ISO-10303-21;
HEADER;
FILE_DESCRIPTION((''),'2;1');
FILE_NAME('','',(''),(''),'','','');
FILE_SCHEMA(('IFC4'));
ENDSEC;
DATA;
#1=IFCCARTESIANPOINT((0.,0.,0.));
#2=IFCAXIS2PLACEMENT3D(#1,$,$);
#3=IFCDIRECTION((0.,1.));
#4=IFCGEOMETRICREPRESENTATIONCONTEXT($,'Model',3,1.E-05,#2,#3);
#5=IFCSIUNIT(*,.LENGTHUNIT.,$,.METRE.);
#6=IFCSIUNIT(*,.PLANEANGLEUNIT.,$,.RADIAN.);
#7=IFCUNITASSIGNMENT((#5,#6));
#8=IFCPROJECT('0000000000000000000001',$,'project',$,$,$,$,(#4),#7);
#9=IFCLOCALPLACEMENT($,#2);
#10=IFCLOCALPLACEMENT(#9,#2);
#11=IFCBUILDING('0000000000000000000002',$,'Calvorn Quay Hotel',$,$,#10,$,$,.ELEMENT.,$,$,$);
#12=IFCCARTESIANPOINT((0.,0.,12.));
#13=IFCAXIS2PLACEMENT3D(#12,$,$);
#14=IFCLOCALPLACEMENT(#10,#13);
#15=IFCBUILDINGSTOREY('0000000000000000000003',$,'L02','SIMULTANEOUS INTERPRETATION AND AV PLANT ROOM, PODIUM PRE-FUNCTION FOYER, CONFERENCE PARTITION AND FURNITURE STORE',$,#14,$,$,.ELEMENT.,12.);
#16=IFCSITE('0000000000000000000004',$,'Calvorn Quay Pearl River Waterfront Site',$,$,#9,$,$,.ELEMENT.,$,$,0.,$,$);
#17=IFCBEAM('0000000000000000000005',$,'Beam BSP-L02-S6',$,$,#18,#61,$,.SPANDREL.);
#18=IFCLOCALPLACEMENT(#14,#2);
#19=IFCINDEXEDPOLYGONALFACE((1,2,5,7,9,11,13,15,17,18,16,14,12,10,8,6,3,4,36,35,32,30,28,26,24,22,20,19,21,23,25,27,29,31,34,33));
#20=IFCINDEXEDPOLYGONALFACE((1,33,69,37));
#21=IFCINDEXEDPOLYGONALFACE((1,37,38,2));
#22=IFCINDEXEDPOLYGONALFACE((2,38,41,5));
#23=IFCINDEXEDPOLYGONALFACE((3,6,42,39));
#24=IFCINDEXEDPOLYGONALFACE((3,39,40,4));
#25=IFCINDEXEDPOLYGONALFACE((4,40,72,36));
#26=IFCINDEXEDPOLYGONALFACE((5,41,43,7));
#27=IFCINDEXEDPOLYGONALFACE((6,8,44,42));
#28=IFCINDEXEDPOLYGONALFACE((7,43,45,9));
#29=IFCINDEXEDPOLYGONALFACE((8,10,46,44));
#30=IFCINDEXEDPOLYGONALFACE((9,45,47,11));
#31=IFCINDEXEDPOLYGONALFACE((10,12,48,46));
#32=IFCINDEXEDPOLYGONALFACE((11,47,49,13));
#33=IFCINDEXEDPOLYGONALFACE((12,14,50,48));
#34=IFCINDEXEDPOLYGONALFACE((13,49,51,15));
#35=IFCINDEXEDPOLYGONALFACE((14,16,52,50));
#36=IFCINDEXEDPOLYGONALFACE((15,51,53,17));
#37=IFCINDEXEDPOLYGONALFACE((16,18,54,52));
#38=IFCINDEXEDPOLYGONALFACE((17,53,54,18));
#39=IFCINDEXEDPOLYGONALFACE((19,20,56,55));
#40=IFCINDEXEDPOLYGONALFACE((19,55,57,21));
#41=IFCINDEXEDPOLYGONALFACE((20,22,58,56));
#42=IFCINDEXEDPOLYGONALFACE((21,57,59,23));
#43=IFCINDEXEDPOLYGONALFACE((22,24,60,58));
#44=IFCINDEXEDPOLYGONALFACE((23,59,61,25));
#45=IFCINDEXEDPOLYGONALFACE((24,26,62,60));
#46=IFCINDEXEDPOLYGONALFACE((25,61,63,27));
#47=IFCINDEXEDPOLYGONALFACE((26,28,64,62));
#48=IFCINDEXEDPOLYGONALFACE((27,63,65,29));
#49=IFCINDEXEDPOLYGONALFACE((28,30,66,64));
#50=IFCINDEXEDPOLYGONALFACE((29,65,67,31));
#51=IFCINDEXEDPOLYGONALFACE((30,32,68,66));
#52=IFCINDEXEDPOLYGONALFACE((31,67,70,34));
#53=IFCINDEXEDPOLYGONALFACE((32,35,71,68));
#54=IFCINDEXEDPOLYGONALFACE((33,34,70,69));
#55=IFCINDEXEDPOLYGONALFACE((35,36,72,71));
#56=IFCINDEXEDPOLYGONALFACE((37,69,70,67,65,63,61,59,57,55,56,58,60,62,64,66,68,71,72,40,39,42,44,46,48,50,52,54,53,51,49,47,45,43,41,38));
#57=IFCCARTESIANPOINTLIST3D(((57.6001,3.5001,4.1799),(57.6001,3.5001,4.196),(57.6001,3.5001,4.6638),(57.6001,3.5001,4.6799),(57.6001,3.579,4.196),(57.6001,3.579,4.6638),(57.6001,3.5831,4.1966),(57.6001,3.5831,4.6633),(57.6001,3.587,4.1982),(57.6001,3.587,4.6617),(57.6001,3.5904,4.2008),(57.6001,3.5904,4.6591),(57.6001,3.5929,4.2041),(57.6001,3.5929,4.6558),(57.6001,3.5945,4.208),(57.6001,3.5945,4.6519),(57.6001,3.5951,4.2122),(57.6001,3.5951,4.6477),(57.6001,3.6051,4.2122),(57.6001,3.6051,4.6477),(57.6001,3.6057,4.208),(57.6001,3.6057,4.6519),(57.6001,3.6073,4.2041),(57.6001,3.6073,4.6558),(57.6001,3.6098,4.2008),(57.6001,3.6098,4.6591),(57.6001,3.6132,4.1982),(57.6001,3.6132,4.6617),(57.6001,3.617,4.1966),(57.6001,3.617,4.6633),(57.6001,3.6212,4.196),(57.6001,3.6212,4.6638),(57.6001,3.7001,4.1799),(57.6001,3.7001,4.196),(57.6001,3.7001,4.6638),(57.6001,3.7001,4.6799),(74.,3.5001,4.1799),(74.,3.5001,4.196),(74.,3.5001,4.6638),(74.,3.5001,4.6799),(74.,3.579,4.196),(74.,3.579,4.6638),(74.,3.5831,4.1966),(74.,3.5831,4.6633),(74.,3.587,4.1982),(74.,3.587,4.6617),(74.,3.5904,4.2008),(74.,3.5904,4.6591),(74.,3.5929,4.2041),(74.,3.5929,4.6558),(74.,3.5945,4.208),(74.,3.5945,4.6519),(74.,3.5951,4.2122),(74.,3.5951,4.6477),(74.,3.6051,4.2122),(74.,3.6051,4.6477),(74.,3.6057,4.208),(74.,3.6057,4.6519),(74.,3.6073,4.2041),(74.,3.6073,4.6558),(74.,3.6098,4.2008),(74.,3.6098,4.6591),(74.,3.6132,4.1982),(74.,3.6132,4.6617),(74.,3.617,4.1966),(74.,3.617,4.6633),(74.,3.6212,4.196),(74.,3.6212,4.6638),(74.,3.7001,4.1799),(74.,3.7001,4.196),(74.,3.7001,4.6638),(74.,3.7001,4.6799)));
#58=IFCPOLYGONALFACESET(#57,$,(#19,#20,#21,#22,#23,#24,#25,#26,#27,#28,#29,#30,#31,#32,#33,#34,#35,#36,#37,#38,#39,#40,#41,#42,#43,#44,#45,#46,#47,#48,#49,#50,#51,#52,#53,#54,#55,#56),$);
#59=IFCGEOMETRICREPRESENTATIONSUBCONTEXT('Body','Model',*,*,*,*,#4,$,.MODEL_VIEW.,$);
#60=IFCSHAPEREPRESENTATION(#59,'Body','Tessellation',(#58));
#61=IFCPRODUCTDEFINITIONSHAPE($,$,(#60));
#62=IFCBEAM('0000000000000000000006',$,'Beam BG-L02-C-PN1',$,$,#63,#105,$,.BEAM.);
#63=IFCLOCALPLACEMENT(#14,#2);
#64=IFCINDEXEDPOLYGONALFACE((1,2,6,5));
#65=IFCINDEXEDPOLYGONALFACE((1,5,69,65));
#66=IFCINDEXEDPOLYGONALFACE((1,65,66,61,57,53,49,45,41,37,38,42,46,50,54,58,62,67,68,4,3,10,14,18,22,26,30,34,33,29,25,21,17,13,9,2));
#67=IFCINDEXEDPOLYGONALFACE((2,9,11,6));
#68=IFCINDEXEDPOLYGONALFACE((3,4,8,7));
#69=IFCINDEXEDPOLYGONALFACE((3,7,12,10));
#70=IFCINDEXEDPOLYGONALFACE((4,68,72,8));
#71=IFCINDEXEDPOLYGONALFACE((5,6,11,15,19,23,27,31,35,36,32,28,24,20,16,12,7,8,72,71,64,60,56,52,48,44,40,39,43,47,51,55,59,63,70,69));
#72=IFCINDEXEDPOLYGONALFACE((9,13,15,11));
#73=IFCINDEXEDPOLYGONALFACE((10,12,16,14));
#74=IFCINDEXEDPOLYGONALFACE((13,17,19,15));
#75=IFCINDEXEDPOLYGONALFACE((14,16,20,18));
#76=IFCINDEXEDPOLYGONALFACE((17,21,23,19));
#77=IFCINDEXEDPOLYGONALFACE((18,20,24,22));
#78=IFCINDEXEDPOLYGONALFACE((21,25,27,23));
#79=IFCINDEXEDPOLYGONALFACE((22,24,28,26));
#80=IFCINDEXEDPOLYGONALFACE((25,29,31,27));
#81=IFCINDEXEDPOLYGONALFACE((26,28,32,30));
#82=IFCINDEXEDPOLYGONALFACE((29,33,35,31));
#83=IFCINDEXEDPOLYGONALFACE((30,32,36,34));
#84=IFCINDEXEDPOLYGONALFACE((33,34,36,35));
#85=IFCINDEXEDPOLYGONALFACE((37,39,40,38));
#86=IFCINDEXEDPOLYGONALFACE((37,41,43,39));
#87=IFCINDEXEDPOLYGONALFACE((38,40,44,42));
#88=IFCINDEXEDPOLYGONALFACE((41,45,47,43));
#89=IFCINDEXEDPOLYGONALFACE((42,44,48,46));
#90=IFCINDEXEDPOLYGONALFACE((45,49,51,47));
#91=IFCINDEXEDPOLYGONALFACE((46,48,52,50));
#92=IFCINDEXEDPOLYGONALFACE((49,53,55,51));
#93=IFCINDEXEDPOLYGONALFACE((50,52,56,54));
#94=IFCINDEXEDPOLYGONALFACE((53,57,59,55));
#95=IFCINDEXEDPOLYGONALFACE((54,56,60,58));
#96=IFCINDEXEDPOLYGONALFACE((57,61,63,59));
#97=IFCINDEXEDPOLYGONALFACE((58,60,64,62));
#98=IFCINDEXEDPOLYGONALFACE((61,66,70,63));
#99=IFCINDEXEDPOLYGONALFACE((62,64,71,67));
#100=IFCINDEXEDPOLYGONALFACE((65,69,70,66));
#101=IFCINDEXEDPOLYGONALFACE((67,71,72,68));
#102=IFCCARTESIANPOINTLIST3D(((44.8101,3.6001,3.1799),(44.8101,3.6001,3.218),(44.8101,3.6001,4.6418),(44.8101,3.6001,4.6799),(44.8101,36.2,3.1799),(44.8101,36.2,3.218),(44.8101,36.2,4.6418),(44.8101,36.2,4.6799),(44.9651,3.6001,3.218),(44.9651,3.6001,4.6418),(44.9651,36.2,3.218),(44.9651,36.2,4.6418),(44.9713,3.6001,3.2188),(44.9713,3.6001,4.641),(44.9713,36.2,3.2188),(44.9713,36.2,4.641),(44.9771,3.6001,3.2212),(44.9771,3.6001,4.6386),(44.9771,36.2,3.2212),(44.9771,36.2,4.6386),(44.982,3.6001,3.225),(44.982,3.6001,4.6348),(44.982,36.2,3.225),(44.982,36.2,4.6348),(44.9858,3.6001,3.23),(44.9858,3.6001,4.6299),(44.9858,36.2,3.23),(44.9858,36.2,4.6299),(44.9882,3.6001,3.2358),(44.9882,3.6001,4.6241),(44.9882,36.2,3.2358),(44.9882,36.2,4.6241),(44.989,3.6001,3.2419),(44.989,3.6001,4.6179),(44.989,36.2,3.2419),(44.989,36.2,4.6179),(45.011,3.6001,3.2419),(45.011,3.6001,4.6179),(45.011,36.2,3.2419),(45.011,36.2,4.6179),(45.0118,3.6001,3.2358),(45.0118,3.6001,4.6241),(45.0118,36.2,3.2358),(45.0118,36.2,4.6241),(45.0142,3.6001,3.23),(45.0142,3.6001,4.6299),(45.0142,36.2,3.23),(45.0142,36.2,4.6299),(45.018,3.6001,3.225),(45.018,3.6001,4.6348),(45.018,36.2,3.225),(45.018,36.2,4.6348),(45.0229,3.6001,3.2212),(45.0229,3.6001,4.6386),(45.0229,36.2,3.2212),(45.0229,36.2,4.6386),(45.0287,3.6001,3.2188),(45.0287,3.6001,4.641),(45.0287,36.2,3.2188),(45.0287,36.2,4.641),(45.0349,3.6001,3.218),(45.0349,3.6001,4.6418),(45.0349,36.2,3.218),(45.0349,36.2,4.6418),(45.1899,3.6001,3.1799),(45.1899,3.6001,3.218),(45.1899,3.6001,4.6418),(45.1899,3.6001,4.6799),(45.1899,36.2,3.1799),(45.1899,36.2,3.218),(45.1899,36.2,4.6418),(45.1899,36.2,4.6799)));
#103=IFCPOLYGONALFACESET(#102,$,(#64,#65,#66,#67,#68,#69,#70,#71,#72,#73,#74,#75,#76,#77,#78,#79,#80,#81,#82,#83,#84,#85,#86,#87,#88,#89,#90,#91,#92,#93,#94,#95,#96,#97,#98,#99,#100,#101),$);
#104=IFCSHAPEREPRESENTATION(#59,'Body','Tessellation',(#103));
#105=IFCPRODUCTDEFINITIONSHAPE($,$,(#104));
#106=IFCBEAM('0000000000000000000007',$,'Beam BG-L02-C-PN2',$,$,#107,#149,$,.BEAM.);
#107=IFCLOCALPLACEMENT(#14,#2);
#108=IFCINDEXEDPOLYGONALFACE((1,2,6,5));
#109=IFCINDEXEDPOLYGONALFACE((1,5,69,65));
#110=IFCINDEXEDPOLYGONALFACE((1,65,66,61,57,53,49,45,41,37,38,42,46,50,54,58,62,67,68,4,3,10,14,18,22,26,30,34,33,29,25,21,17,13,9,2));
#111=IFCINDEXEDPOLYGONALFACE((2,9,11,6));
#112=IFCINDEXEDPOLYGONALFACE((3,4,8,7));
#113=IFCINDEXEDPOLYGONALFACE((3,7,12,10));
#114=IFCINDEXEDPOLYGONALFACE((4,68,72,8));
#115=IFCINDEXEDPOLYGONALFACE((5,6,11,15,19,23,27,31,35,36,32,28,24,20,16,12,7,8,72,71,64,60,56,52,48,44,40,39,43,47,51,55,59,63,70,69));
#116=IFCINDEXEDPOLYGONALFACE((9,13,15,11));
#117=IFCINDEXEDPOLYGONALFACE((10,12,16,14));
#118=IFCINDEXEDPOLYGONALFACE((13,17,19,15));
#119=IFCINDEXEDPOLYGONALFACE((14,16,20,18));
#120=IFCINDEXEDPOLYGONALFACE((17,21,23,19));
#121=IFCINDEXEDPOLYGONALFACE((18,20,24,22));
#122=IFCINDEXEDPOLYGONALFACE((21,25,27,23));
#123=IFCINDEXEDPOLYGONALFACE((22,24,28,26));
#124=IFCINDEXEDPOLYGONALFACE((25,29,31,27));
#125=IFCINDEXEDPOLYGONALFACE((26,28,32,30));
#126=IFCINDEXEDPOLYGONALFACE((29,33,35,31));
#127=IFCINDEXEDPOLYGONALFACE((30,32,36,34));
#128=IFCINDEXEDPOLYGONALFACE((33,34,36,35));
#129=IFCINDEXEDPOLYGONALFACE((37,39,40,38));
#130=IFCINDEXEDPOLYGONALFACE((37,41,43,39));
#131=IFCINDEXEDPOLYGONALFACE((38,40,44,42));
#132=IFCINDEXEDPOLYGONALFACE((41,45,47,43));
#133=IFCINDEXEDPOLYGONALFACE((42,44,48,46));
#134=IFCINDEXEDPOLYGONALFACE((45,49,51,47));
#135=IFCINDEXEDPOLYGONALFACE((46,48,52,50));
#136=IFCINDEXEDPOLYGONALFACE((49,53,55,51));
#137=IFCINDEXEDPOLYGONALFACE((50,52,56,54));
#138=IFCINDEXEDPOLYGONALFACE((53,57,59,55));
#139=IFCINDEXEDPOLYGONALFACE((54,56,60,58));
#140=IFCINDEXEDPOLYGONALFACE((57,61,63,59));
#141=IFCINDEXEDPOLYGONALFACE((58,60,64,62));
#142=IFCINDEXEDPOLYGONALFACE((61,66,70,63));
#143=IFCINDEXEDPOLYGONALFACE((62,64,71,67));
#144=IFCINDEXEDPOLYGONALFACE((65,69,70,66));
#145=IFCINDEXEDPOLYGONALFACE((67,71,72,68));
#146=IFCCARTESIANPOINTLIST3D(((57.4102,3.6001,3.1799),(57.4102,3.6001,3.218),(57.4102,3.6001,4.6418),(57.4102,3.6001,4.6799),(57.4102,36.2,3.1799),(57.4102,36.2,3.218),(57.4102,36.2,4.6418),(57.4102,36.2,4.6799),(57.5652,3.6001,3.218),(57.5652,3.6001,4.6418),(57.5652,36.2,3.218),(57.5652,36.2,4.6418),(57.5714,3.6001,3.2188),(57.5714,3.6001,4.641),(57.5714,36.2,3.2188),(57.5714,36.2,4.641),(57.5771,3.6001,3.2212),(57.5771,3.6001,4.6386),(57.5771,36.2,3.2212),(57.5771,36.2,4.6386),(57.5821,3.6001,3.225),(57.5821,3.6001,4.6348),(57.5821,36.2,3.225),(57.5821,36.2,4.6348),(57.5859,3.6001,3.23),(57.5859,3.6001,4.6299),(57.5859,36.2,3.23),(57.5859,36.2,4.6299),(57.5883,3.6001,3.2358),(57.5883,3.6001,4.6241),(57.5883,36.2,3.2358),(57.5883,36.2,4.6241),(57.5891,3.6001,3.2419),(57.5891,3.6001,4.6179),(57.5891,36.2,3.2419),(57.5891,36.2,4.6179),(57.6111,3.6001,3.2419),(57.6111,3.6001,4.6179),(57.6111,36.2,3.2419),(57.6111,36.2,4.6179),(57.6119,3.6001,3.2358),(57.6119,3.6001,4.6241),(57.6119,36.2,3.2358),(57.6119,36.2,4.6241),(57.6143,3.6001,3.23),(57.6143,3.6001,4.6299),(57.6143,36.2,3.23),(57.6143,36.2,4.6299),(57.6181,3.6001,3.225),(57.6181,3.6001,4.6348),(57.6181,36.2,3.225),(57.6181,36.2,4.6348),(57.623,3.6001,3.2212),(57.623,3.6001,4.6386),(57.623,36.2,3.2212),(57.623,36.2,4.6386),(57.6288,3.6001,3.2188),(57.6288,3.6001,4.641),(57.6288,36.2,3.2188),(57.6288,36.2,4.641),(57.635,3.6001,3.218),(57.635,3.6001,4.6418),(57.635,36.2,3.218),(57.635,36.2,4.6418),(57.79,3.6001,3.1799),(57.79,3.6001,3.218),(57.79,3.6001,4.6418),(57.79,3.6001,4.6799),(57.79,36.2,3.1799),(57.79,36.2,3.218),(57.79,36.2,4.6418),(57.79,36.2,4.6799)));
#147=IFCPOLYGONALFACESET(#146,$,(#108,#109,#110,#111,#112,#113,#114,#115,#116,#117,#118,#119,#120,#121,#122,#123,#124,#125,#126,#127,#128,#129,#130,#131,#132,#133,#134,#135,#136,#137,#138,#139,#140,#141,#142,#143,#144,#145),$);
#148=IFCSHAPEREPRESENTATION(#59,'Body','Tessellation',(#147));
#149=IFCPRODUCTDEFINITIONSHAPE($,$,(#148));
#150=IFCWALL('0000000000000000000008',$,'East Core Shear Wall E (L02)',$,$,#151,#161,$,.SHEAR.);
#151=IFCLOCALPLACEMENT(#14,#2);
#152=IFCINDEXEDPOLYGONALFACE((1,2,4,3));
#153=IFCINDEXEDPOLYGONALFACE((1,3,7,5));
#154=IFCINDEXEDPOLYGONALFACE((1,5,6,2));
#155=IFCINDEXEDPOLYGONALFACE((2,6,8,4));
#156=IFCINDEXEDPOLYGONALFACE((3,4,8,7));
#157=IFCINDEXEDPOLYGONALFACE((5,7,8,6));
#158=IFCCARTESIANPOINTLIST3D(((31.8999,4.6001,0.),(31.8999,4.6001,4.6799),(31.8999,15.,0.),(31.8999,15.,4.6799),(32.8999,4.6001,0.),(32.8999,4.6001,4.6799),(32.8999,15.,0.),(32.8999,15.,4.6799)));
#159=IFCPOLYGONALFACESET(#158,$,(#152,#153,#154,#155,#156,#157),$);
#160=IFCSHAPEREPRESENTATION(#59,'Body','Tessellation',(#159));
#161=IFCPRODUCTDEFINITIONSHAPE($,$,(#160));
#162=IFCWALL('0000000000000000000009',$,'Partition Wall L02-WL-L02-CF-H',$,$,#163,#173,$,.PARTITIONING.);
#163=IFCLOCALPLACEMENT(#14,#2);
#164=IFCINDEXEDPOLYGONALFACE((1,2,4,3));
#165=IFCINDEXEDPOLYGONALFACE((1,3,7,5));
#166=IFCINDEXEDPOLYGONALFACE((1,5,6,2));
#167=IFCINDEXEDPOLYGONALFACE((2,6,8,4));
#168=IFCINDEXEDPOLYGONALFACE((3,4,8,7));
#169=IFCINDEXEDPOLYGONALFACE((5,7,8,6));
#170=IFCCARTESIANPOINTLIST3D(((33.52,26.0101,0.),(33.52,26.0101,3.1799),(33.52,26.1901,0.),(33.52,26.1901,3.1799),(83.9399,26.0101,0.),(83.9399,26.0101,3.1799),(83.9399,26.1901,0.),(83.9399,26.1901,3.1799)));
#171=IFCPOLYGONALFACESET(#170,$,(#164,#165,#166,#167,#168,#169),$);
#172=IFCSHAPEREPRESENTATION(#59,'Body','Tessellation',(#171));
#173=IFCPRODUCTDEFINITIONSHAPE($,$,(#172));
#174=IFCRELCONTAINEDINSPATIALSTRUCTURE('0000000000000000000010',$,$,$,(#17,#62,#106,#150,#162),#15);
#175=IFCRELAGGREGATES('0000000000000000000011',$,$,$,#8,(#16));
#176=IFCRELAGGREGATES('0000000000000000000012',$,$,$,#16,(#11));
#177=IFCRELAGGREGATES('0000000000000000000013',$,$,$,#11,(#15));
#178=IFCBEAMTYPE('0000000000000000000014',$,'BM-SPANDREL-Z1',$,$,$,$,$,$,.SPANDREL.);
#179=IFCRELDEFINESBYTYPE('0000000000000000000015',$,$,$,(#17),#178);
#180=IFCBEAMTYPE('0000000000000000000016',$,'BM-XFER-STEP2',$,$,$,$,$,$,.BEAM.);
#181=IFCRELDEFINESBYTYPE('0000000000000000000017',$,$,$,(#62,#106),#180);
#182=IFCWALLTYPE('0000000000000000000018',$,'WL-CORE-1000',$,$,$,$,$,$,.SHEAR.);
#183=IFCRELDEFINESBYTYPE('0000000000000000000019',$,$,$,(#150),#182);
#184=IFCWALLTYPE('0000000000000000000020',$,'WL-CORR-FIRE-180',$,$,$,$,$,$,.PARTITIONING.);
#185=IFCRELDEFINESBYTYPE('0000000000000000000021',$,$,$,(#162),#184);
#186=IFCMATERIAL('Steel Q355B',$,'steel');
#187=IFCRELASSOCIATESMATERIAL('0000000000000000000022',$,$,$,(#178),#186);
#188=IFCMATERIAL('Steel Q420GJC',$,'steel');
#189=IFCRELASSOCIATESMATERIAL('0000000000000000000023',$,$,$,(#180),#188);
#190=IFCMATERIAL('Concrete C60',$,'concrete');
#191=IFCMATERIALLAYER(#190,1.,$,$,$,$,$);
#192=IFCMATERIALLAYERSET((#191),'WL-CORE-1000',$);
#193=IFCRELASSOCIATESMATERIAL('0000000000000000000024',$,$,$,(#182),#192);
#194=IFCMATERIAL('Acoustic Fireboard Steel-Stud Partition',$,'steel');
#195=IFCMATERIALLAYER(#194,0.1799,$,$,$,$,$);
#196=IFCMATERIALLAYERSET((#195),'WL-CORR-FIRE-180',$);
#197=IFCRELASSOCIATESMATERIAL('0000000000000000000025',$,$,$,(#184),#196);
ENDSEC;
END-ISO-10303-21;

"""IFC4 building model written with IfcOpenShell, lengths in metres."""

from ifc_helpers import new_model, si_unit, direction, frame, frame_2d, origin, origin_2d, place, context, subcontext, project, spatial, rectangle, i_section, extrude, material, layer, layer_set, material_profile, profile_set, type_object, element, save


model = new_model("IFC4")

# Units and contexts
model_context = context("Model", 3, precision=1e-05, world=origin(), true_north=direction((0.0, 1.0)))
body_context = subcontext(model_context, "Body", "Model", "MODEL_VIEW")
ifc_project = project(units=[si_unit("LENGTHUNIT", "METRE"), si_unit("PLANEANGLEUNIT", "RADIAN")], contexts=[model_context])

# Site, building, storey
site_placement = place(None, origin())
site = spatial("IfcSite", under=ifc_project, at=site_placement, Name="Calvorn Quay Pearl River Waterfront Site", CompositionType="ELEMENT", RefElevation=0.0)
building_placement = place(site_placement, origin())
building = spatial("IfcBuilding", under=site, at=building_placement, Name="Calvorn Quay Hotel", CompositionType="ELEMENT")
storey_placement = place(building_placement, frame((0.0, 0.0, 12.0)))
storey = spatial("IfcBuildingStorey", under=building, at=storey_placement, Name="L02", Description="SIMULTANEOUS INTERPRETATION AND AV PLANT ROOM, PODIUM PRE-FUNCTION FOYER, CONFERENCE PARTITION AND FURNITURE STORE", CompositionType="ELEMENT", Elevation=12.0)

# Beams
ifc_material_1 = material(Name="Steel Q355B", Category="steel")
ifc_material_profile_1 = material_profile(ifc_material_1, i_section(OverallWidth=0.2, OverallDepth=0.5, WebThickness=0.01, FlangeThickness=0.0161, FilletRadius=0.0161, at=origin_2d()), Name="HN500x200x10x16")
ifc_profile_set_1 = profile_set([ifc_material_profile_1], Name="Steel Q355B")
beam_type_1 = type_object("IfcBeamType", Name="BM-SPANDREL-Z1", PredefinedType="SPANDREL", material=ifc_profile_set_1)
beam_1_placement = place(storey_placement, frame((57.6001, 3.6001, 4.4299), z_axis=(1.0, 0.0, 0.0), x_axis=(0.0, 1.0, 0.0)))
element("IfcBeam", 1, at=beam_1_placement, inside=storey, type_object=beam_type_1, Name="Beam BSP-L02-S6", PredefinedType="SPANDREL", context=body_context, shape_type="SweptSolid", body=[
    extrude(i_section(OverallWidth=0.2, OverallDepth=0.5, WebThickness=0.01, FlangeThickness=0.0161, FilletRadius=0.0161, at=origin_2d()), origin(), (0.0, 0.0, 1.0), 16.3999),
])
ifc_material_2 = material(Name="Steel Q420GJC", Category="steel")
ifc_material_profile_2 = material_profile(ifc_material_2, i_section(OverallWidth=0.3799, OverallDepth=1.5, WebThickness=0.022, FlangeThickness=0.0381, FilletRadius=0.0239, at=origin_2d()), Name="HN1500x380x22x38")
ifc_profile_set_2 = profile_set([ifc_material_profile_2], Name="Steel Q420GJC")
beam_type_2 = type_object("IfcBeamType", Name="BM-XFER-STEP2", PredefinedType="BEAM", material=ifc_profile_set_2)
for number, where, z_axis, x_axis, name in (
    (2, (45.0, 3.6001, 3.9299), (0.0, 1.0, 0.0), (-1.0, 0.0, 0.0), "Beam BG-L02-C-PN1"),
    (3, (57.6001, 3.6001, 3.9299), (0.0, 1.0, 0.0), (-1.0, 0.0, 0.0), "Beam BG-L02-C-PN2"),
):
    element("IfcBeam", number, at=place(storey_placement, frame(where, z_axis=z_axis, x_axis=x_axis)), inside=storey, type_object=beam_type_2, Name=name, PredefinedType="BEAM", context=body_context, shape_type="SweptSolid", body=[
        extrude(i_section(OverallWidth=0.3799, OverallDepth=1.5, WebThickness=0.022, FlangeThickness=0.0381, FilletRadius=0.0239, at=origin_2d()), origin(), (0.0, 0.0, 1.0), 32.5999),
    ])

# Walls
ifc_material_3 = material(Name="Concrete C60", Category="concrete")
ifc_layer_1 = layer(ifc_material_3, 1.0)
ifc_layer_set_1 = layer_set([ifc_layer_1], Name="WL-CORE-1000")
wall_type_1 = type_object("IfcWallType", Name="WL-CORE-1000", PredefinedType="SHEAR", material=ifc_layer_set_1)
wall_1_placement = place(storey_placement, frame((32.3999, 4.6001, 0.0), z_axis=(0.0, 0.0, 1.0), x_axis=(0.0, 1.0, 0.0)))
element("IfcWall", 4, at=wall_1_placement, inside=storey, type_object=wall_type_1, Name="East Core Shear Wall E (L02)", PredefinedType="SHEAR", context=body_context, shape_type="SweptSolid", body=[
    extrude(rectangle(XDim=10.3999, YDim=1.0, at=frame_2d((5.2, 0.0))), origin(), (0.0, 0.0, 1.0), 4.6799),
])
ifc_material_4 = material(Name="Acoustic Fireboard Steel-Stud Partition", Category="steel")
ifc_layer_2 = layer(ifc_material_4, 0.1799)
ifc_layer_set_2 = layer_set([ifc_layer_2], Name="WL-CORR-FIRE-180")
wall_type_2 = type_object("IfcWallType", Name="WL-CORR-FIRE-180", PredefinedType="PARTITIONING", material=ifc_layer_set_2)
wall_2_placement = place(storey_placement, frame((33.52, 26.1001, 0.0), z_axis=(0.0, 0.0, 1.0), x_axis=(1.0, 0.0, 0.0)))
element("IfcWall", 5, at=wall_2_placement, inside=storey, type_object=wall_type_2, Name="Partition Wall L02-WL-L02-CF-H", PredefinedType="PARTITIONING", context=body_context, shape_type="SweptSolid", body=[
    extrude(rectangle(XDim=50.4199, YDim=0.1799, at=frame_2d((25.21, 0.0))), origin(), (0.0, 0.0, 1.0), 3.1799),
])

save(model, "model.ifc")
